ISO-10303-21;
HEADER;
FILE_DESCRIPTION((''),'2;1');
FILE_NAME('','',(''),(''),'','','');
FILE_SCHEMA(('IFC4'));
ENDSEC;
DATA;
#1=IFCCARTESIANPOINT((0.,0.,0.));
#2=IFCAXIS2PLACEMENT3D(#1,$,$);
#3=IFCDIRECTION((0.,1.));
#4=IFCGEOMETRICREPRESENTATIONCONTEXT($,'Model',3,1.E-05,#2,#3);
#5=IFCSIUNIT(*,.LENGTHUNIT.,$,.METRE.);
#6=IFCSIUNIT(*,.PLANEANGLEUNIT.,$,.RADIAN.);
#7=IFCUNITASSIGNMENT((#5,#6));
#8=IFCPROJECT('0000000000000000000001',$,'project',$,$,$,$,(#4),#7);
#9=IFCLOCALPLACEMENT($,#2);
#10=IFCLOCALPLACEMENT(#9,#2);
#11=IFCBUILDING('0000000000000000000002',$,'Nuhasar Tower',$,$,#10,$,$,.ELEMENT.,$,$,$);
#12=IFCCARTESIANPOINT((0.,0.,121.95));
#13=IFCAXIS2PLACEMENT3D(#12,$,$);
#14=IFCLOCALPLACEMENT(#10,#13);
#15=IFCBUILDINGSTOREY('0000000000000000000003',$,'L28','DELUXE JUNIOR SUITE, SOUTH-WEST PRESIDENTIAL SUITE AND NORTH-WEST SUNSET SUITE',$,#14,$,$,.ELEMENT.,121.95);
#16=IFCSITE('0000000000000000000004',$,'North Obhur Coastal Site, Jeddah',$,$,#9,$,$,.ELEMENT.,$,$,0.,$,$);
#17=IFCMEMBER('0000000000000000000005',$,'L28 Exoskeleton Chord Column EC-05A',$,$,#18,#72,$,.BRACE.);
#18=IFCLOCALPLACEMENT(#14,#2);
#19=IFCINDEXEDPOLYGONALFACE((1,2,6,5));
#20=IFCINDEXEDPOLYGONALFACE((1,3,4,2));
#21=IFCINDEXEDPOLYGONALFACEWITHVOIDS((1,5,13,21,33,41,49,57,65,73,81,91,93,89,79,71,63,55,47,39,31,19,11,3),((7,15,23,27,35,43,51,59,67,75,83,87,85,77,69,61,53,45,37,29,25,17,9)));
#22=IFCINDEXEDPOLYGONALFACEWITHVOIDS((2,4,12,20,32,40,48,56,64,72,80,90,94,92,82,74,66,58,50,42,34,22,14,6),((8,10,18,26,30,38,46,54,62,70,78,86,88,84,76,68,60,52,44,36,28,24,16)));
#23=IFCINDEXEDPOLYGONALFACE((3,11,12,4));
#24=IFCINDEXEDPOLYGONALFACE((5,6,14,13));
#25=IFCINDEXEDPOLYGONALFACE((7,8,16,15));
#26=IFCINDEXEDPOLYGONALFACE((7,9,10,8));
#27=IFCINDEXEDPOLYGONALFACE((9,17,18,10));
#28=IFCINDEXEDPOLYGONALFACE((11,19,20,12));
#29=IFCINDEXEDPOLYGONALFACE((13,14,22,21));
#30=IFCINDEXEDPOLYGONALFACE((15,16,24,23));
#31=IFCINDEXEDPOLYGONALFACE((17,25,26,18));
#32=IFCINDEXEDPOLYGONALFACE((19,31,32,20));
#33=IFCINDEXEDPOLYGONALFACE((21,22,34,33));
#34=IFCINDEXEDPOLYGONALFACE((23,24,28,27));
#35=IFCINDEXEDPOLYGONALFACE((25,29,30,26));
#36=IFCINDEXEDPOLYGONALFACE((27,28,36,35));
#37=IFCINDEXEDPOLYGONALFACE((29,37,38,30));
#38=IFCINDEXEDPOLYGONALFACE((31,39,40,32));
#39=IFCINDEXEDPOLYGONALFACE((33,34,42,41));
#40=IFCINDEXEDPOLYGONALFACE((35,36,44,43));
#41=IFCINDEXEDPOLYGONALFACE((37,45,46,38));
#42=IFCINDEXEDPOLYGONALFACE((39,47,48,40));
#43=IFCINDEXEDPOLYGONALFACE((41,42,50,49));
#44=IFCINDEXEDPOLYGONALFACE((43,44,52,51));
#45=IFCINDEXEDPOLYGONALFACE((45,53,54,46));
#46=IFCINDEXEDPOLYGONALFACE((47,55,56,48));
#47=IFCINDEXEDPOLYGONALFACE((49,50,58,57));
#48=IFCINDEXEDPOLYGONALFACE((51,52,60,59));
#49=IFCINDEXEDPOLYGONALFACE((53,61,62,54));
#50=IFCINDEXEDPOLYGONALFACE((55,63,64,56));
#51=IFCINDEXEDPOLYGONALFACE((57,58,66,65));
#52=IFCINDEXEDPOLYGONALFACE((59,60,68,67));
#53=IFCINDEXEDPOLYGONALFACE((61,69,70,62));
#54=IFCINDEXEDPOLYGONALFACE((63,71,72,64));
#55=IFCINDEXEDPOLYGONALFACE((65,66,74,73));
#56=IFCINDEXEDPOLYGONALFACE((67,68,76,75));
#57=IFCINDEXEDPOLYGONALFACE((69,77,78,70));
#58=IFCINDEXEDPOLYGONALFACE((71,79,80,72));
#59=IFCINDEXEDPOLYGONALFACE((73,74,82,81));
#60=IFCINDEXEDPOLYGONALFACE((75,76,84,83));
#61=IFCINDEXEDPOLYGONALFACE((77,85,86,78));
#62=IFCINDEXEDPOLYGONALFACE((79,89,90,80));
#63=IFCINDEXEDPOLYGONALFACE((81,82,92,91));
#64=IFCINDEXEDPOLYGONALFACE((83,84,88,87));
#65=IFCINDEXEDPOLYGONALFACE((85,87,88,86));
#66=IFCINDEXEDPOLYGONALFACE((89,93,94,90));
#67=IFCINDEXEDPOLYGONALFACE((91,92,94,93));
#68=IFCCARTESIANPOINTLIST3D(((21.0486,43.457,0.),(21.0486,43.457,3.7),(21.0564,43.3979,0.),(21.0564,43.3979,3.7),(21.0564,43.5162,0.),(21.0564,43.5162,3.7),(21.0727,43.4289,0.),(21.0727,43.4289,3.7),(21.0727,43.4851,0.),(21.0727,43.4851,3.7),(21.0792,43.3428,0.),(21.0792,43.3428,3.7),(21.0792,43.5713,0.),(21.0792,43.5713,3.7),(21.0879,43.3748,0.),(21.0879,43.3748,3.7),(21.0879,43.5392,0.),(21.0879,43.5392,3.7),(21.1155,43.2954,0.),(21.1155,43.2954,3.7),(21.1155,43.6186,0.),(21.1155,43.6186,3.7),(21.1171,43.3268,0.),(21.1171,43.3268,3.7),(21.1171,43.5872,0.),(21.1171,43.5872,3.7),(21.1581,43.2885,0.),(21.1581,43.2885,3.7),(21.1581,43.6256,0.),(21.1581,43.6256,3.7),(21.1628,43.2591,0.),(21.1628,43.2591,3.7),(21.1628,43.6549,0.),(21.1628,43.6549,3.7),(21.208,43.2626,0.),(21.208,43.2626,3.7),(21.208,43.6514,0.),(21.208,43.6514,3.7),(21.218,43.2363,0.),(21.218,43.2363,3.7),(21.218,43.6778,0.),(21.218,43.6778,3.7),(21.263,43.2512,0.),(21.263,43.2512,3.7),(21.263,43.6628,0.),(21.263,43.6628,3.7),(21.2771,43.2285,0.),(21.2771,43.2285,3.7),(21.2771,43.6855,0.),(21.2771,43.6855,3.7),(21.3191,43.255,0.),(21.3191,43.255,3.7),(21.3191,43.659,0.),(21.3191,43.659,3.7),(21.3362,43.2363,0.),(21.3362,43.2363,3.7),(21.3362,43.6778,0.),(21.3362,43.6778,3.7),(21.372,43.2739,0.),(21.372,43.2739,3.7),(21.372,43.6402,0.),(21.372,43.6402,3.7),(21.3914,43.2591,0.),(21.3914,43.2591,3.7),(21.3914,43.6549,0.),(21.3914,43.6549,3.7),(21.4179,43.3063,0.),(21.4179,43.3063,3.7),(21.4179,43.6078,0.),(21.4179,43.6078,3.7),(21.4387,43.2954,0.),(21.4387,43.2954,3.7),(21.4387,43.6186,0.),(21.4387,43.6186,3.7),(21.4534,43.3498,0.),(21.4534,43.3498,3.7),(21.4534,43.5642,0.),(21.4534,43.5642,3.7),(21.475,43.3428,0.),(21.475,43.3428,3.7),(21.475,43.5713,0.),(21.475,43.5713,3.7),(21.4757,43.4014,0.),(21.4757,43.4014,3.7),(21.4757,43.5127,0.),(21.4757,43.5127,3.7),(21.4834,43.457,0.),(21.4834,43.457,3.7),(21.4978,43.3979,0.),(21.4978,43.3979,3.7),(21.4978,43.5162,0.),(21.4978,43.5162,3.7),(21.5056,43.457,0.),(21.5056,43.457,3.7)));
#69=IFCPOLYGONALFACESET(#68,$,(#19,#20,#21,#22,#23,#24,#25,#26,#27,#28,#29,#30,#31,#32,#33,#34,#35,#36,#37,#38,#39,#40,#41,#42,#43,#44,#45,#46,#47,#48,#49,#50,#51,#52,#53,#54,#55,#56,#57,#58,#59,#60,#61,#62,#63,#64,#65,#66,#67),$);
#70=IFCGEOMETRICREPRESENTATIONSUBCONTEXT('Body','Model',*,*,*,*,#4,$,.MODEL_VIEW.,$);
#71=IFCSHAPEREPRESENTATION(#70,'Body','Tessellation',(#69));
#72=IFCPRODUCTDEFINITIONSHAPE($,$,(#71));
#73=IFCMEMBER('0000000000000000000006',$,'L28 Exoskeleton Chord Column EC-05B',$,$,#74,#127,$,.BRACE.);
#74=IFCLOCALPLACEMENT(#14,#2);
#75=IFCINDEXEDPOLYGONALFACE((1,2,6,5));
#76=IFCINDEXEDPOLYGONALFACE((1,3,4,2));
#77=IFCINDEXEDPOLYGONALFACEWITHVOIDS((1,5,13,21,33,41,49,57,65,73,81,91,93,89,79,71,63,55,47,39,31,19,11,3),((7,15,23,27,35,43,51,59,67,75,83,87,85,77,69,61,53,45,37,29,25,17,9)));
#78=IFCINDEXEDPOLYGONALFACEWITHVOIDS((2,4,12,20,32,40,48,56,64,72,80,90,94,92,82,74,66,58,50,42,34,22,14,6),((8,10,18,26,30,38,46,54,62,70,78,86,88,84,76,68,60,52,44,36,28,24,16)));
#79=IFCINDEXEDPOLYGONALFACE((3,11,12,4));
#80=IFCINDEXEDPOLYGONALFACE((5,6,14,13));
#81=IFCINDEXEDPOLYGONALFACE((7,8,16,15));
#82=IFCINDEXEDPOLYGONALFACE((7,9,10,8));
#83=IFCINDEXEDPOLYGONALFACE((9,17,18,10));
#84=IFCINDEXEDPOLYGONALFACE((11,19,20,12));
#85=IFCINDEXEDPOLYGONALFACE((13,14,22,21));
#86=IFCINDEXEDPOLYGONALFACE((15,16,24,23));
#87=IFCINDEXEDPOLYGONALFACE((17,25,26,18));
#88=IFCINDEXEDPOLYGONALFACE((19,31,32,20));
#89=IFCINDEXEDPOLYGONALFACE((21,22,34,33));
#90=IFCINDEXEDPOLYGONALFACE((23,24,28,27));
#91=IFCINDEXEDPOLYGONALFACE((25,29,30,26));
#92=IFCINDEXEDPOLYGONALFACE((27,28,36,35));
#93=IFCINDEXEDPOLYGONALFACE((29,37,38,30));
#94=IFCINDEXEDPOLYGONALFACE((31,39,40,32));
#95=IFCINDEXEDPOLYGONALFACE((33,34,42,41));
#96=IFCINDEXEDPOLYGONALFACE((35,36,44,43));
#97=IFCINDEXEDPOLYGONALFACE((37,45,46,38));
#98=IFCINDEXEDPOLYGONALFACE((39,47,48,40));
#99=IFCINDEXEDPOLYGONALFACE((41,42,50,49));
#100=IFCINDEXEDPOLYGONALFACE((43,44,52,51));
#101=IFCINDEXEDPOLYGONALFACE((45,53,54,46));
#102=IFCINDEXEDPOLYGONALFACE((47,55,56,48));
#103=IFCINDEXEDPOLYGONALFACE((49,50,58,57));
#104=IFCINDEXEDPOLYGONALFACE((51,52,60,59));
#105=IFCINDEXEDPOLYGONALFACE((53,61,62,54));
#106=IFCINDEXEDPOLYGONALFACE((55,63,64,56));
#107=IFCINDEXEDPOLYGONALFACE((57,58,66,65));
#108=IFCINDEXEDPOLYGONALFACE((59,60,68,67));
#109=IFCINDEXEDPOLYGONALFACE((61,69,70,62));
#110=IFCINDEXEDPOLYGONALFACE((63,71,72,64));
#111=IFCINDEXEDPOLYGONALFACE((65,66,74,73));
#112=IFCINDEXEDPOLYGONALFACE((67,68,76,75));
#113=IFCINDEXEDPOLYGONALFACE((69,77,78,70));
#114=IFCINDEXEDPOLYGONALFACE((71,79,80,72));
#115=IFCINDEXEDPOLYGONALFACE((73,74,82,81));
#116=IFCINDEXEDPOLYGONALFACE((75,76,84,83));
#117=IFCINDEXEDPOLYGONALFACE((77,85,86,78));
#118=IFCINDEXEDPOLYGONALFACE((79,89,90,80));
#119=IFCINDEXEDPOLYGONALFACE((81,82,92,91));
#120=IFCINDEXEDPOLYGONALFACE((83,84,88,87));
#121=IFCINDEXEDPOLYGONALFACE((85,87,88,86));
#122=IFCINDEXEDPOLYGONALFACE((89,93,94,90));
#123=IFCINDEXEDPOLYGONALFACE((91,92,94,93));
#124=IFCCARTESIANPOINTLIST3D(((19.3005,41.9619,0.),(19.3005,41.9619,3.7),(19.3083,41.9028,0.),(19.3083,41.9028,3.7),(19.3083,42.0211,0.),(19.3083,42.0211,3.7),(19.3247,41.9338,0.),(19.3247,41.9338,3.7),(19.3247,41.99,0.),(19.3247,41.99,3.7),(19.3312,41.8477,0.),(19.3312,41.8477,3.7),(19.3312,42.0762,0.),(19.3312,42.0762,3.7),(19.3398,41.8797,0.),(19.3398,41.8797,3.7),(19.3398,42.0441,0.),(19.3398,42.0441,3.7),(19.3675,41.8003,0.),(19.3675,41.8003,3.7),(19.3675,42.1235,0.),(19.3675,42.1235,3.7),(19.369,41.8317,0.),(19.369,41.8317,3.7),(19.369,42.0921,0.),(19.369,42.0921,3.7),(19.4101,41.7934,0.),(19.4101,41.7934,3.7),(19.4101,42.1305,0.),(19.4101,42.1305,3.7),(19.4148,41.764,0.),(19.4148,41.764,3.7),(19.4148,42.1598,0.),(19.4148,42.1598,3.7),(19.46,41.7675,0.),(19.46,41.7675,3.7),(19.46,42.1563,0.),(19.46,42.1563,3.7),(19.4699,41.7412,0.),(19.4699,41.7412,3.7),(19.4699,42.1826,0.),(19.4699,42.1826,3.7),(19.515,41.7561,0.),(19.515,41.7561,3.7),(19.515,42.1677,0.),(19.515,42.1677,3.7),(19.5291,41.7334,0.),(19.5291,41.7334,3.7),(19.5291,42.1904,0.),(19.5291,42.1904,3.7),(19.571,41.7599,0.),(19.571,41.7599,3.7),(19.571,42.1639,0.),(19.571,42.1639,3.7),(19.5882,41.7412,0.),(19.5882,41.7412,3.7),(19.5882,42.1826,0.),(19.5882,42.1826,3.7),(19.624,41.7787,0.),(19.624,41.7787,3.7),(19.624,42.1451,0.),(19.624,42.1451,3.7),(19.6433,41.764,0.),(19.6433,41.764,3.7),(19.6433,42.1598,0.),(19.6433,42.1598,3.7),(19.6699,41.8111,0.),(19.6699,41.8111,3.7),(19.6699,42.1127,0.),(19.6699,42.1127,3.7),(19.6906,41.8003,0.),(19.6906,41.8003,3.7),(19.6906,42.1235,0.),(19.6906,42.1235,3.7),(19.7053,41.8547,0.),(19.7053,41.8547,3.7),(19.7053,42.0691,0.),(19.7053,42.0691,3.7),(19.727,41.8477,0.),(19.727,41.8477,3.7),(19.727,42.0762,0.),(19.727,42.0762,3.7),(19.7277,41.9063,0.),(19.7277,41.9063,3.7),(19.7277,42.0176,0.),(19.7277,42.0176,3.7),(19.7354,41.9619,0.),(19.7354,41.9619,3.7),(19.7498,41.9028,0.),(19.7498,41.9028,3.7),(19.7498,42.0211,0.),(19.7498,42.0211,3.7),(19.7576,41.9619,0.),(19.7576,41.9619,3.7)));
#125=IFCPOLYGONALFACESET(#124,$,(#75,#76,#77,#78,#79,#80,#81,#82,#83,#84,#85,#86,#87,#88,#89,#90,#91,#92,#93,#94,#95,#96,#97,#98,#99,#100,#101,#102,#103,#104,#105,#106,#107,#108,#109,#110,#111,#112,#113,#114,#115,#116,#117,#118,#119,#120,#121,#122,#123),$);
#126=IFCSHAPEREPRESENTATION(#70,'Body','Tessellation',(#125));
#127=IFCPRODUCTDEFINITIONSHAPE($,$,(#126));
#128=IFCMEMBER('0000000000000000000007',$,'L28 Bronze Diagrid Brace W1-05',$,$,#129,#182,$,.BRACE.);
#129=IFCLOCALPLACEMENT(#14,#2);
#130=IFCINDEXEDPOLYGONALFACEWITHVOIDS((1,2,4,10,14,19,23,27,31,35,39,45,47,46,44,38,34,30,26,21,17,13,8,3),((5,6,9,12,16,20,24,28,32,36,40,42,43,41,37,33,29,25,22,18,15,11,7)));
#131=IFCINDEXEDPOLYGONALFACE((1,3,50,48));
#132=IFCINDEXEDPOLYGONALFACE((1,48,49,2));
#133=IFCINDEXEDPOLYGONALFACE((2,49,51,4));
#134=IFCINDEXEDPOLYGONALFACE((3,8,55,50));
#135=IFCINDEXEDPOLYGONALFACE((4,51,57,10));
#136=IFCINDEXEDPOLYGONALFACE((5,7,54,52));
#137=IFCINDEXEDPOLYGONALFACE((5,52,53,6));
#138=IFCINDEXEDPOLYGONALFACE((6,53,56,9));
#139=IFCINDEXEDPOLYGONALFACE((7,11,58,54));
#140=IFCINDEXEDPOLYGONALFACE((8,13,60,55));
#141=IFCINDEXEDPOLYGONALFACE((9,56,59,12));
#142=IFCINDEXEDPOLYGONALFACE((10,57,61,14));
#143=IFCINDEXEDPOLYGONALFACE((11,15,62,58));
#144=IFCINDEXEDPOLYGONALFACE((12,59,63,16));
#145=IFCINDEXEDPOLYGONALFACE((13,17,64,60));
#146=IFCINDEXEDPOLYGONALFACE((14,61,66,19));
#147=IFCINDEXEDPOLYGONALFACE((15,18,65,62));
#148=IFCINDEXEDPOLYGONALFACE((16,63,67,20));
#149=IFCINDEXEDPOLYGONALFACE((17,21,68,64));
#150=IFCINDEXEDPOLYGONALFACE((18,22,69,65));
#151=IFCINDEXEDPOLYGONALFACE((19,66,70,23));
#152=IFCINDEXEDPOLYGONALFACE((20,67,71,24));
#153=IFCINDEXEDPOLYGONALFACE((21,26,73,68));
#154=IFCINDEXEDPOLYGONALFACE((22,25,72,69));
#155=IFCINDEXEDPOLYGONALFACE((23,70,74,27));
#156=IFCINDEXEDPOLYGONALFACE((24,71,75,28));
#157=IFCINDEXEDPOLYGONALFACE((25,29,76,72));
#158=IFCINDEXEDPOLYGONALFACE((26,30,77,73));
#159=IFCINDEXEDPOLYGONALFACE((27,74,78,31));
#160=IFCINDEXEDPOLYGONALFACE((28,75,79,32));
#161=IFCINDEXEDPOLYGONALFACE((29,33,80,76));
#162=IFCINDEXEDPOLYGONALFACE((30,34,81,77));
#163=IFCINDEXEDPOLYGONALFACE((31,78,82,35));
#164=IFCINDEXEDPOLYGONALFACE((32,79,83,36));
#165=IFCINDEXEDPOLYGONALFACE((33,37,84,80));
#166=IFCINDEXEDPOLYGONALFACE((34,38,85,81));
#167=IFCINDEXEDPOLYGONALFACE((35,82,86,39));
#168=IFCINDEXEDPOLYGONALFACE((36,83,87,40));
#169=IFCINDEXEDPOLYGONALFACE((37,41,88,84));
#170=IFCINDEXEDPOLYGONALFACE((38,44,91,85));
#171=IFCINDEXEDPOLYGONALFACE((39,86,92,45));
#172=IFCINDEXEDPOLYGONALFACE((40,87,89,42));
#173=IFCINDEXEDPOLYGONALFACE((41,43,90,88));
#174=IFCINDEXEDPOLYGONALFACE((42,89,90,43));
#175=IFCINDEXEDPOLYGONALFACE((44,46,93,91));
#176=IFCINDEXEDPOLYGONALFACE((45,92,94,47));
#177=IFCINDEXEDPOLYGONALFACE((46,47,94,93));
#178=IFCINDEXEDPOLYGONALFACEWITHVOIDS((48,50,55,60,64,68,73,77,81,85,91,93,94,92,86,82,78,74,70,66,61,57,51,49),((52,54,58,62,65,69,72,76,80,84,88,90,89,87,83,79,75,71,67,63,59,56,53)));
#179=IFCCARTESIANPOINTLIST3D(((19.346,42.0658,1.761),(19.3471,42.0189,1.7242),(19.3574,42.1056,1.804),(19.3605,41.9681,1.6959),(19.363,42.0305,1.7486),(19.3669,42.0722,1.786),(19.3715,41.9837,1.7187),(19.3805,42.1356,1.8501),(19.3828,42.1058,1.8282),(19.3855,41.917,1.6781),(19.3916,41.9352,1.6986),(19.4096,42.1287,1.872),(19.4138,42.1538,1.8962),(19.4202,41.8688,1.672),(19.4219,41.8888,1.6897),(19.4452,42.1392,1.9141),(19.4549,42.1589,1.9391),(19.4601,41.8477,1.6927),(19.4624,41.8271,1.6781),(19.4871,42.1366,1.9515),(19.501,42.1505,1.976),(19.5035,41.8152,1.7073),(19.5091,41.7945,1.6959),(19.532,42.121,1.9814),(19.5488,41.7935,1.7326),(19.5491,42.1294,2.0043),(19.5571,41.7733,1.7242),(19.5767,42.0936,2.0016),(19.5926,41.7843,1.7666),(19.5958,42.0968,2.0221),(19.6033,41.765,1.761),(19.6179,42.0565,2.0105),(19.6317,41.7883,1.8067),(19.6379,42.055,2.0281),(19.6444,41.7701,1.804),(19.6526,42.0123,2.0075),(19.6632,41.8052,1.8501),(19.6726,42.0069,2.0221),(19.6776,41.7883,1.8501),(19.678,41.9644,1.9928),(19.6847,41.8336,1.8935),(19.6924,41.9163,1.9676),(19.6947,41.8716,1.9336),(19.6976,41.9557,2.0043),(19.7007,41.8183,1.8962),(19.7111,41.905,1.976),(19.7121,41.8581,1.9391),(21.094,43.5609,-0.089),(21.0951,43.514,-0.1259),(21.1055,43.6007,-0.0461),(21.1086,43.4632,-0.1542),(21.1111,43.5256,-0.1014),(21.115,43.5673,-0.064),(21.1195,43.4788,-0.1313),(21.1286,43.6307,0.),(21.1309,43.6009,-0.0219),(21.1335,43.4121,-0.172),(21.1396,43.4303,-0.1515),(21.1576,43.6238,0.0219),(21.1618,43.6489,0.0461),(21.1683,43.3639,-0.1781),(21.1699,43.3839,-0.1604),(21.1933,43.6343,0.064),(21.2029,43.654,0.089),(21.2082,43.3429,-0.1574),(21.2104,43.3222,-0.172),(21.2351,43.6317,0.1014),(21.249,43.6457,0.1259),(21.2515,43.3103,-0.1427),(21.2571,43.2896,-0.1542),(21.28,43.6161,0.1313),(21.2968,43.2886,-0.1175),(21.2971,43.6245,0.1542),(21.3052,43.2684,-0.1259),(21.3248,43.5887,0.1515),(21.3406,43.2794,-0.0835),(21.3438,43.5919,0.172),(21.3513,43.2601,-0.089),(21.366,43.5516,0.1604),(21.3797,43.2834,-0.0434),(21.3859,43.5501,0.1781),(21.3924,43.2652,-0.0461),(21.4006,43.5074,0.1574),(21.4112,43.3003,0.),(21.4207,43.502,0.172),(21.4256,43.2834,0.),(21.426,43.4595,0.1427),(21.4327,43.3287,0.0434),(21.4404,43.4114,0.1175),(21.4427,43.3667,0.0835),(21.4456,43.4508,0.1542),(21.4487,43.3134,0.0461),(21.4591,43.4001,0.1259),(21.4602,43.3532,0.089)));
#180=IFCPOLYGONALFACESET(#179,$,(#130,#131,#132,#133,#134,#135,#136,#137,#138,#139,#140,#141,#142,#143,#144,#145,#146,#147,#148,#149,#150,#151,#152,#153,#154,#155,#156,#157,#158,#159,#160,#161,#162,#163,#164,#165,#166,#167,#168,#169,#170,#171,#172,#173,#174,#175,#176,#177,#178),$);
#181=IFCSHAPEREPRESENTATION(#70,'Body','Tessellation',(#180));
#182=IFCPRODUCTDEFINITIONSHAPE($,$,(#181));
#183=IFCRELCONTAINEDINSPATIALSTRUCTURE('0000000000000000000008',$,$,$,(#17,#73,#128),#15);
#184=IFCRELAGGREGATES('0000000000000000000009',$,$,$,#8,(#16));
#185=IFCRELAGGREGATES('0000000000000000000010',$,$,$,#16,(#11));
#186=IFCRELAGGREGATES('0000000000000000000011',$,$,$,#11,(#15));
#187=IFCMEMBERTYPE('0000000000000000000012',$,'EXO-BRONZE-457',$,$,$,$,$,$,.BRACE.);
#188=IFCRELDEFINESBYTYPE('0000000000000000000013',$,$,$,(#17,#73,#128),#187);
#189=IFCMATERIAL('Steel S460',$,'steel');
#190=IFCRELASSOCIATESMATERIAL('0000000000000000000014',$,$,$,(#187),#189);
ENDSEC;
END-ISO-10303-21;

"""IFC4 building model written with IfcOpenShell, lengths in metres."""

from ifc_helpers import new_model, si_unit, direction, frame, origin, origin_2d, place, context, subcontext, project, spatial, hollow_circle, extrude, material, material_profile, profile_set, type_object, element, save


model = new_model("IFC4")

# Units and contexts
model_context = context("Model", 3, precision=1e-05, world=origin(), true_north=direction((0.0, 1.0)))
body_context = subcontext(model_context, "Body", "Model", "MODEL_VIEW")
ifc_project = project(units=[si_unit("LENGTHUNIT", "METRE"), si_unit("PLANEANGLEUNIT", "RADIAN")], contexts=[model_context])

# Site, building, storey
site_placement = place(None, origin())
site = spatial("IfcSite", under=ifc_project, at=site_placement, Name="North Obhur Coastal Site, Jeddah", CompositionType="ELEMENT", RefElevation=0.0)
building_placement = place(site_placement, origin())
building = spatial("IfcBuilding", under=site, at=building_placement, Name="Nuhasar Tower", CompositionType="ELEMENT")
storey_placement = place(building_placement, frame((0.0, 0.0, 121.95)))
storey = spatial("IfcBuildingStorey", under=building, at=storey_placement, Name="L28", Description="DELUXE JUNIOR SUITE, SOUTH-WEST PRESIDENTIAL SUITE AND NORTH-WEST SUNSET SUITE", CompositionType="ELEMENT", Elevation=121.95)

# Members
ifc_material_1 = material(Name="Steel S460", Category="steel")
ifc_material_profile_1 = material_profile(ifc_material_1, hollow_circle(Radius=0.2285, WallThickness=0.0222, at=origin_2d()), Name="HSS457X22.2")
ifc_profile_set_1 = profile_set([ifc_material_profile_1], Name="Steel S460")
member_type_1 = type_object("IfcMemberType", Name="EXO-BRONZE-457", PredefinedType="BRACE", material=ifc_profile_set_1)
for number, where, z_axis, x_axis, name in (
    (1, (21.2771, 43.457, 0.0), (0.0, 0.0, 1.0), (1.0, 0.0, 0.0), "L28 Exoskeleton Chord Column EC-05A"),
    (2, (19.5291, 41.9619, 0.0), (0.0, 0.0, 1.0), (1.0, 0.0, 0.0), "L28 Exoskeleton Chord Column EC-05B"),
):
    element("IfcMember", number, at=place(storey_placement, frame(where, z_axis=z_axis, x_axis=x_axis)), inside=storey, type_object=member_type_1, Name=name, PredefinedType="BRACE", context=body_context, shape_type="SweptSolid", body=[
        extrude(hollow_circle(Radius=0.2285, WallThickness=0.0222, at=origin_2d()), origin(), (0.0, 0.0, 1.0), 3.7),
    ])
member_1_placement = place(storey_placement, frame((21.2771, 43.457, 0.0), z_axis=(-0.59217, -0.506488, 0.626741), x_axis=(0.649987, -0.759945, 0.0)))
element("IfcMember", 3, at=member_1_placement, inside=storey, type_object=member_type_1, Name="L28 Bronze Diagrid Brace W1-05", PredefinedType="BRACE", context=body_context, shape_type="SweptSolid", body=[
    extrude(hollow_circle(Radius=0.2285, WallThickness=0.0222, at=origin_2d()), origin(), (0.0, 0.0, 1.0), 2.9519),
])

save(model, "model.ifc")
